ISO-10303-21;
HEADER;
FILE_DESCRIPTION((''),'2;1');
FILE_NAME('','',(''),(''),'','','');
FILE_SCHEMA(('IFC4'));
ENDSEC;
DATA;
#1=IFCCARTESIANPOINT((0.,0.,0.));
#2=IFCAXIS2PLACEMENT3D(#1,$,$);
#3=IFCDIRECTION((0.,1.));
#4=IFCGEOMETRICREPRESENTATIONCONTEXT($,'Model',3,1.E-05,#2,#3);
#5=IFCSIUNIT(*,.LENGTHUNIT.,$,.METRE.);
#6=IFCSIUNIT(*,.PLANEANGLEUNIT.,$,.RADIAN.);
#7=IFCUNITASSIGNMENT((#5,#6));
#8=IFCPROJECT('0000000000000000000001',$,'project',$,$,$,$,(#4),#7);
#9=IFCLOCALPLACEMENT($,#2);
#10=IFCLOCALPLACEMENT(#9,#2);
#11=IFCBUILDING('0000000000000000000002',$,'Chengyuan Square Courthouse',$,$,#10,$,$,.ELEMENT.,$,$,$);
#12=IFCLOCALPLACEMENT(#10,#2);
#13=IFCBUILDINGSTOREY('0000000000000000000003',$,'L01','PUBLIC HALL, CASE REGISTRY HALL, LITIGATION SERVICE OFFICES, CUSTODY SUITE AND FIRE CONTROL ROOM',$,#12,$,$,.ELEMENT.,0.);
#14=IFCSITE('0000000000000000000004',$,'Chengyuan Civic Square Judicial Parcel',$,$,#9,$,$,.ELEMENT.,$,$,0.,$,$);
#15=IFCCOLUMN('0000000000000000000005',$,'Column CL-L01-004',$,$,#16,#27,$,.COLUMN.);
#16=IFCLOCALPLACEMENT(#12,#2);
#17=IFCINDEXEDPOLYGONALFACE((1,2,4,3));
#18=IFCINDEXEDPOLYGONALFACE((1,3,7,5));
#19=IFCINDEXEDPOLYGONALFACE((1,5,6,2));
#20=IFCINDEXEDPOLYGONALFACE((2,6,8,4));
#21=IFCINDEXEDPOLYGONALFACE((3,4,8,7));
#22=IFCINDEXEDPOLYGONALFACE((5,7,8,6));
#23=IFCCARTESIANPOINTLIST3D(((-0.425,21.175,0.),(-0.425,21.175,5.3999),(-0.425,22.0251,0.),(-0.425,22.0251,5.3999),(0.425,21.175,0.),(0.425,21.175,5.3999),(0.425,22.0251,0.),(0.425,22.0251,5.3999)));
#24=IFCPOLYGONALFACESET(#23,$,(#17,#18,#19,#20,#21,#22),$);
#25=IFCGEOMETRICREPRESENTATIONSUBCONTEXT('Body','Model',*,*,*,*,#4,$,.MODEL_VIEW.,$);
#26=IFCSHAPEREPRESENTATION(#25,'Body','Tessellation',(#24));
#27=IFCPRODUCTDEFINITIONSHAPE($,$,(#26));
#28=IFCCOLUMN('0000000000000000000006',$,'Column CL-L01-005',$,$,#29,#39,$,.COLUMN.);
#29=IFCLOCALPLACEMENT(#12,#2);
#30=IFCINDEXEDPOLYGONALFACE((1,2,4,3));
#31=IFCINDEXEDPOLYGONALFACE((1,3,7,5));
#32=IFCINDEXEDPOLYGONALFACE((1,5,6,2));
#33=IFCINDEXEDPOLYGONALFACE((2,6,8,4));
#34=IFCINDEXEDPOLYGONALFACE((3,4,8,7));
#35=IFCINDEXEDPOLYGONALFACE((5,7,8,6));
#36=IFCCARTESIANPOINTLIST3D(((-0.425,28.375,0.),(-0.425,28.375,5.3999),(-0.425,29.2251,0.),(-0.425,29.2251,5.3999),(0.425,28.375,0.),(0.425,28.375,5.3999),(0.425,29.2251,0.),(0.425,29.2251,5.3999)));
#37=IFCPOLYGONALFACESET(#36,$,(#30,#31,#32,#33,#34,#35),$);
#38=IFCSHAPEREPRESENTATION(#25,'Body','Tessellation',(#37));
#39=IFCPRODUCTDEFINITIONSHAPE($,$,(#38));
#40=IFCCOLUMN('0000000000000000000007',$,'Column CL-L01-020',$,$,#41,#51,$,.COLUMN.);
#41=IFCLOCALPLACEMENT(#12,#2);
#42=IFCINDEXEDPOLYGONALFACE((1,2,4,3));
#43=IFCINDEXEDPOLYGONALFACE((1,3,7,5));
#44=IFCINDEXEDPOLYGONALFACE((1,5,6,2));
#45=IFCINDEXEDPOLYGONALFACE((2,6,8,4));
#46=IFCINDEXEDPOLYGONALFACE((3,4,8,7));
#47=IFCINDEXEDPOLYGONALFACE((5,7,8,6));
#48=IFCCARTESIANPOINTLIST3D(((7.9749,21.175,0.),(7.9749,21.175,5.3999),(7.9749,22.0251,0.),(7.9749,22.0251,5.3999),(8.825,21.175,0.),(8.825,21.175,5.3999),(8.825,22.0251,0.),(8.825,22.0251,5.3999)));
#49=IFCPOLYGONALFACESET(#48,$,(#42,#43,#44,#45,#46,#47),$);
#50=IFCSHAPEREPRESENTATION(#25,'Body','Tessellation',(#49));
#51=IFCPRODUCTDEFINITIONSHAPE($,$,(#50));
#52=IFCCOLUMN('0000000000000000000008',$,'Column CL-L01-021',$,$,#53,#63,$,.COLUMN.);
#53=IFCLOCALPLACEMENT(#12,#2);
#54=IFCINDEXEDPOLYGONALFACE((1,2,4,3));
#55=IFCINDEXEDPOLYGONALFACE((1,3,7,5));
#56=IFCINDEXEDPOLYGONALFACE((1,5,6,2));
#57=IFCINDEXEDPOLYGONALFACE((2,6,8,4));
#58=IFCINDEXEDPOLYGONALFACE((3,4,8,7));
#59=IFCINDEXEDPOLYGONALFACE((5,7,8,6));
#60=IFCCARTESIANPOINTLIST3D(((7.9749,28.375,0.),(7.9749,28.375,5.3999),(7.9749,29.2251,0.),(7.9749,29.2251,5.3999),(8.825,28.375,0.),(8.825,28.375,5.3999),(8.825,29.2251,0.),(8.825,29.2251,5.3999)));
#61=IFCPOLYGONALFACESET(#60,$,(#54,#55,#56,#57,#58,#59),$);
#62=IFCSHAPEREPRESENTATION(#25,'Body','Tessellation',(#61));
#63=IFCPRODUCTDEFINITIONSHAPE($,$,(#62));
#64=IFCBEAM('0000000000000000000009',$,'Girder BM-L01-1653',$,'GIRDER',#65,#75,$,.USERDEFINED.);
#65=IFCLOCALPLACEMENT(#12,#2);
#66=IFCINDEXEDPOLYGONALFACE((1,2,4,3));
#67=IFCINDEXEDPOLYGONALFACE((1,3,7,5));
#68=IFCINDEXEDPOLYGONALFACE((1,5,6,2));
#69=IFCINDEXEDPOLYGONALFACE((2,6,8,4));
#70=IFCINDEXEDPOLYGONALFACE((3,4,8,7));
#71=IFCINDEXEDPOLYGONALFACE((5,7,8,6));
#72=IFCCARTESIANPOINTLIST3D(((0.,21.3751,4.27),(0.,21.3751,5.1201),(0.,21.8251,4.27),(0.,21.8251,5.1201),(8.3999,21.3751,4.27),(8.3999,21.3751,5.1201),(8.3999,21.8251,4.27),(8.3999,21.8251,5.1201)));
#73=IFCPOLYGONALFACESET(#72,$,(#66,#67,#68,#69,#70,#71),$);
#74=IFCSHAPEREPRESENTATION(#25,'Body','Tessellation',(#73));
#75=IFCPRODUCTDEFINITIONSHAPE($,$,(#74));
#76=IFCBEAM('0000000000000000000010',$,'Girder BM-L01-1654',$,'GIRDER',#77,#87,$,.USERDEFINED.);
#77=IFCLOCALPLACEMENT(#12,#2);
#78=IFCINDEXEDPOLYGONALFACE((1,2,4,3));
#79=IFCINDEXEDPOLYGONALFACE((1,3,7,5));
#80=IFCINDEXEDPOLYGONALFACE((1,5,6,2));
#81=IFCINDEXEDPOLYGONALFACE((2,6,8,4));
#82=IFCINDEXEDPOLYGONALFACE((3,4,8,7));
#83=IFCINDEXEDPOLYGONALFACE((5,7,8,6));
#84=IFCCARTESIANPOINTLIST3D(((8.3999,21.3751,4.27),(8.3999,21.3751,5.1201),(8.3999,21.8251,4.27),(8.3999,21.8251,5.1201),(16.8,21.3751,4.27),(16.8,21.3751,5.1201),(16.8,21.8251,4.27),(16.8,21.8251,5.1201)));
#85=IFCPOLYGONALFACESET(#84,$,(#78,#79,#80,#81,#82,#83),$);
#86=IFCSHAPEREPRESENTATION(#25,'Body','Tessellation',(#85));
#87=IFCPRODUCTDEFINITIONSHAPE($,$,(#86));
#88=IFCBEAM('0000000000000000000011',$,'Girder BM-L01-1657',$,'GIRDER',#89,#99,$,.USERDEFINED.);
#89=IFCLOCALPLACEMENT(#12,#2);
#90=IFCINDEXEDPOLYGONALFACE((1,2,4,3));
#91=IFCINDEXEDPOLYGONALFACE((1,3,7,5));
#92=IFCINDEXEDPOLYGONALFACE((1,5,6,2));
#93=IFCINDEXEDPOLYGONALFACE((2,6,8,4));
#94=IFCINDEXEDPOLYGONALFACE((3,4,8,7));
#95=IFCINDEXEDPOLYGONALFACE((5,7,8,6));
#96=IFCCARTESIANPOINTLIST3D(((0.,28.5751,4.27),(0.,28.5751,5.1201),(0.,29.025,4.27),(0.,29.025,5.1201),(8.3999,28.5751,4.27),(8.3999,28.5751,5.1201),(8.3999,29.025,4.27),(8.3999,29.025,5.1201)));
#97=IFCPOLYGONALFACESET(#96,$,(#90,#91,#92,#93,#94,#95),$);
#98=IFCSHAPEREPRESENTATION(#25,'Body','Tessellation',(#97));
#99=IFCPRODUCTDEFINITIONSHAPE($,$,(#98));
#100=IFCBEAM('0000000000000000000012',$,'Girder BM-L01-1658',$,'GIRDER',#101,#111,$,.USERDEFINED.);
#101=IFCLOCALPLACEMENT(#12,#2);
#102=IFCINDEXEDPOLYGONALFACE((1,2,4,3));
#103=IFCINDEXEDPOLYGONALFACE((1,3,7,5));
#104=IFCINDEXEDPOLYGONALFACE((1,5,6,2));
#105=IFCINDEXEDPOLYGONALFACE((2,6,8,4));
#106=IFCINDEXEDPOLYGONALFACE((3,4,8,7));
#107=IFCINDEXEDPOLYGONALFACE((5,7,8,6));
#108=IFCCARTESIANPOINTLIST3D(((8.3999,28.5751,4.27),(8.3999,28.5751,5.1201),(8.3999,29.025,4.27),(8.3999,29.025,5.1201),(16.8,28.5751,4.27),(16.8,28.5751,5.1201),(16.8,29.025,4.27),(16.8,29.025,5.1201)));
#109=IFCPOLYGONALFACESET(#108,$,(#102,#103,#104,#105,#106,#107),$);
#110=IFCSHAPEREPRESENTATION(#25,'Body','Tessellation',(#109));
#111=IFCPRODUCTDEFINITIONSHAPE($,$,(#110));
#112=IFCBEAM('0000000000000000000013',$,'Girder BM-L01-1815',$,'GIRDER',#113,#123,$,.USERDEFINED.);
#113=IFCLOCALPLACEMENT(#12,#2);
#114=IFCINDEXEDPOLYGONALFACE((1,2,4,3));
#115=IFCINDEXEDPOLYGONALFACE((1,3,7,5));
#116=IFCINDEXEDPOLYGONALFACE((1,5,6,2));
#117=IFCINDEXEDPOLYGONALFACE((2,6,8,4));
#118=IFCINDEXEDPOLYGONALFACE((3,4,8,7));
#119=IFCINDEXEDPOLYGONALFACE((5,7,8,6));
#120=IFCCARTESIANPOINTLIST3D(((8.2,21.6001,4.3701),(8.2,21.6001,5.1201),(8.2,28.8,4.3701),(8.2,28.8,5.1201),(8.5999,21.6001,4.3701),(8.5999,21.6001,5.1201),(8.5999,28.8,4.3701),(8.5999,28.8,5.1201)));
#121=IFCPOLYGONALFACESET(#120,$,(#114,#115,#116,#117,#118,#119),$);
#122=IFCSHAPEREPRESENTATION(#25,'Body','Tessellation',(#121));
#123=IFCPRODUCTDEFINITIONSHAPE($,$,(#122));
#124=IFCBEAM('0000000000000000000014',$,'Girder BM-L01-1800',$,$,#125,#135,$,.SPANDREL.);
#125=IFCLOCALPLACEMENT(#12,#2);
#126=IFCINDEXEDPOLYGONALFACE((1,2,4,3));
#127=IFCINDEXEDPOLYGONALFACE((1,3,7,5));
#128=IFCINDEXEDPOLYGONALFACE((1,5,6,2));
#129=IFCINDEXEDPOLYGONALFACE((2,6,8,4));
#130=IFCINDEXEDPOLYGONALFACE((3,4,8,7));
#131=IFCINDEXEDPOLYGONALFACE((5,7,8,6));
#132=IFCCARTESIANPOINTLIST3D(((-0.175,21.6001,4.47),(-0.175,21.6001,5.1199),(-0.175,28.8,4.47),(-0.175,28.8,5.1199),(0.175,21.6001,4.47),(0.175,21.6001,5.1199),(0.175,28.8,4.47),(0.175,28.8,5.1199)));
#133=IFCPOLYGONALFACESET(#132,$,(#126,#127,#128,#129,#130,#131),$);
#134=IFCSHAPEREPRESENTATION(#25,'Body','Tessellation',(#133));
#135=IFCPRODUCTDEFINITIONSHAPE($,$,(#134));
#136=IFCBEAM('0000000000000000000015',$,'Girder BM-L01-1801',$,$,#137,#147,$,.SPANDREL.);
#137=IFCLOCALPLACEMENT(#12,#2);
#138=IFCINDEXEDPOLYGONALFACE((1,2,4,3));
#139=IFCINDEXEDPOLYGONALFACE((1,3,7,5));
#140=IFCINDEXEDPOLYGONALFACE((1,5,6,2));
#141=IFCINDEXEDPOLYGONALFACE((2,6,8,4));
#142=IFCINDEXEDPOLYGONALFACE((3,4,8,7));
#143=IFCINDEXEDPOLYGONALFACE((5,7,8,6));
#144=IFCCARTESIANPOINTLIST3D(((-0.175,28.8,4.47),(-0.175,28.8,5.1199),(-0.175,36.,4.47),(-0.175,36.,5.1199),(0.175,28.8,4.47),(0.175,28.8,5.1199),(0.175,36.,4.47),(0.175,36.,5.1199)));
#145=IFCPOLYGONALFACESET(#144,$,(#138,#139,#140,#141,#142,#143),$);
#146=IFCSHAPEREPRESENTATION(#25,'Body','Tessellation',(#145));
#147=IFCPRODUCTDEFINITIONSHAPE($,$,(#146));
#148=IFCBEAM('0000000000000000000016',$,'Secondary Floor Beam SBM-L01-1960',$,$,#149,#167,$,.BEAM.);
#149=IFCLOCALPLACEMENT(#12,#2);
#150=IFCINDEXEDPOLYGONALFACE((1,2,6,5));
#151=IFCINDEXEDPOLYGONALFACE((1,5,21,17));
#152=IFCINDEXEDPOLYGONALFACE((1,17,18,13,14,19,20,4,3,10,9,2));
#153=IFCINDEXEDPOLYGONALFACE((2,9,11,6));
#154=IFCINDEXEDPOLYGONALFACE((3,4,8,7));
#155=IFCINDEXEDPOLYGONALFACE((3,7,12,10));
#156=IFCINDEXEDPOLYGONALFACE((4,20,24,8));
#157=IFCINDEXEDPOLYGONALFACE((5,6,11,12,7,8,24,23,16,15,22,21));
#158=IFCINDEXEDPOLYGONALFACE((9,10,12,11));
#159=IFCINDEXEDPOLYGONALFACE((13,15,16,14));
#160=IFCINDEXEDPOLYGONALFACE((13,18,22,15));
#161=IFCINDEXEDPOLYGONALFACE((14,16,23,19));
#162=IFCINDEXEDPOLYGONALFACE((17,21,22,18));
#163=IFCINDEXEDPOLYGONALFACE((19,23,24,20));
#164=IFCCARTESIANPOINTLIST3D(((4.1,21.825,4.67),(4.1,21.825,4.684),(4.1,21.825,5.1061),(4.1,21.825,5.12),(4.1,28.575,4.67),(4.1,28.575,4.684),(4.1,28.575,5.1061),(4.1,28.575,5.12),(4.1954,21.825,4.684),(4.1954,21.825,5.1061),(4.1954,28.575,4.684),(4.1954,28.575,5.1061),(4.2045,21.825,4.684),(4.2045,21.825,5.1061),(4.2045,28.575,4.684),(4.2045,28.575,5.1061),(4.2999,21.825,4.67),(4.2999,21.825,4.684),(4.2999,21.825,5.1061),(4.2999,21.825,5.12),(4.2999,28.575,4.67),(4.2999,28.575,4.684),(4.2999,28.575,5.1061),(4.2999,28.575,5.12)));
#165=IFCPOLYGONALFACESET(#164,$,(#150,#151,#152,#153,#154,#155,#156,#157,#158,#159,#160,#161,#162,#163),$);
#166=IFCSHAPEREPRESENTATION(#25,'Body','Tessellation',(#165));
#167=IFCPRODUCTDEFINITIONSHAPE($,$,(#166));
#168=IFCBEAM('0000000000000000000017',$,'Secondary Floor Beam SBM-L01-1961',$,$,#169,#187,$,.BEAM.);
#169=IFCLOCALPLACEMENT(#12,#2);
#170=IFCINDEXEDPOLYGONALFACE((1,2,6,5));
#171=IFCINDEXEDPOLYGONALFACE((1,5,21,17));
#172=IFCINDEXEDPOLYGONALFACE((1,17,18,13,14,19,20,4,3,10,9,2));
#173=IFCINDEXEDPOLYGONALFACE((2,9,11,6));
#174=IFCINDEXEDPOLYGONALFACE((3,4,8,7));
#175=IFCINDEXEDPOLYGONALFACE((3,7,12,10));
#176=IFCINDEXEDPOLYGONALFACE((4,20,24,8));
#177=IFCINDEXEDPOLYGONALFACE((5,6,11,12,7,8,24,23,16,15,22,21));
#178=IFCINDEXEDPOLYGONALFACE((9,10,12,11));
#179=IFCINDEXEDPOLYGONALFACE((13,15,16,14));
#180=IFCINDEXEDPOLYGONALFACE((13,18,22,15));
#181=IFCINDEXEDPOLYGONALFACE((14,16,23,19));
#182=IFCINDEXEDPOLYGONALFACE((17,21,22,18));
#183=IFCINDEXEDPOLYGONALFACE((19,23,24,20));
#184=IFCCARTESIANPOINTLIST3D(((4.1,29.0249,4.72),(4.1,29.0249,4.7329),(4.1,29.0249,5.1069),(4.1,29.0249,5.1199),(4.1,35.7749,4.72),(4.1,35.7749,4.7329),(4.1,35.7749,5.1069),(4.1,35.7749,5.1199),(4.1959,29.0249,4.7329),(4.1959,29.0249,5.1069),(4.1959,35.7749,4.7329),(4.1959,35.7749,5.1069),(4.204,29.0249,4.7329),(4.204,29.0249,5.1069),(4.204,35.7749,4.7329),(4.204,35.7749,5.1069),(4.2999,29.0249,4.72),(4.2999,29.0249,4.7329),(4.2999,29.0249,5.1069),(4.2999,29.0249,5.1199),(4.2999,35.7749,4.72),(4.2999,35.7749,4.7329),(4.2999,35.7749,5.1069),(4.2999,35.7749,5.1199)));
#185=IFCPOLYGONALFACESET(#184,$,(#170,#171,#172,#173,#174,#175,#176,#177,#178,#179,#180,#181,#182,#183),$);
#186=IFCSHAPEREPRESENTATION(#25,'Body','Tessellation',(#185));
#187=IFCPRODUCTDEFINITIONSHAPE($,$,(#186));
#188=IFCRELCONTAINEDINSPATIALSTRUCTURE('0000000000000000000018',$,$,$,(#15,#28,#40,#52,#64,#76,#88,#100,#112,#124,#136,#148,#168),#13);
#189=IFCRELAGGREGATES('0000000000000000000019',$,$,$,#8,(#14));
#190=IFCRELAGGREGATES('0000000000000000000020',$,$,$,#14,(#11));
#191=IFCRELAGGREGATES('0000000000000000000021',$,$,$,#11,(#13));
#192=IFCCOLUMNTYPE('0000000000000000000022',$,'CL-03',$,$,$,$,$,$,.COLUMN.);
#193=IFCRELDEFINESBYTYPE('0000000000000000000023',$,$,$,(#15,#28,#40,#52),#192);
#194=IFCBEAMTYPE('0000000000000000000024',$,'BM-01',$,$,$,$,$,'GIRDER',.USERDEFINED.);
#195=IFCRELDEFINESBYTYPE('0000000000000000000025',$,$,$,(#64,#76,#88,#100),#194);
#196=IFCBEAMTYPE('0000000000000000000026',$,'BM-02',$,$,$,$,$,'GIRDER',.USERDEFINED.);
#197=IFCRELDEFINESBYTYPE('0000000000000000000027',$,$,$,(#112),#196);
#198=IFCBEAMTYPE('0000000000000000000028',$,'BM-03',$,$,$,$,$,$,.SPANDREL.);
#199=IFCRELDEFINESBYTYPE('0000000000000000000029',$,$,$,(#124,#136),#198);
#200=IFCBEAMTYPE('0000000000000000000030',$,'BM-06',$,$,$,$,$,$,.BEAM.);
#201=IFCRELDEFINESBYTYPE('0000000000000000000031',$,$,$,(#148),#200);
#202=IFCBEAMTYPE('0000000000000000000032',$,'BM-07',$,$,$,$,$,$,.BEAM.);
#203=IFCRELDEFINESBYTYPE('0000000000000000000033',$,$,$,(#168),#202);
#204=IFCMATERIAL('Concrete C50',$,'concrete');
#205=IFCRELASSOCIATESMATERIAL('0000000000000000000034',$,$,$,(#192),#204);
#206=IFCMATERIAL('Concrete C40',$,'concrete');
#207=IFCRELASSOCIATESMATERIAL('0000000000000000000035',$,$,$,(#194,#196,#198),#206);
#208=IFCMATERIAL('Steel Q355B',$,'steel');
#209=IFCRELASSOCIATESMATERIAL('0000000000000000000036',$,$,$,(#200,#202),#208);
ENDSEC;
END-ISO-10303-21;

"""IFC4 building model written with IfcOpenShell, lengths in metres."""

from ifc_helpers import new_model, si_unit, direction, frame, origin, origin_2d, place, context, subcontext, project, spatial, rectangle, i_section, extrude, material, material_profile, profile_set, type_object, element, save


model = new_model("IFC4")

# Units and contexts
model_context = context("Model", 3, precision=1e-05, world=origin(), true_north=direction((0.0, 1.0)))
body_context = subcontext(model_context, "Body", "Model", "MODEL_VIEW")
ifc_project = project(units=[si_unit("LENGTHUNIT", "METRE"), si_unit("PLANEANGLEUNIT", "RADIAN")], contexts=[model_context])

# Site, building, storey
site_placement = place(None, origin())
site = spatial("IfcSite", under=ifc_project, at=site_placement, Name="Chengyuan Civic Square Judicial Parcel", CompositionType="ELEMENT", RefElevation=0.0)
building_placement = place(site_placement, origin())
building = spatial("IfcBuilding", under=site, at=building_placement, Name="Chengyuan Square Courthouse", CompositionType="ELEMENT")
storey_placement = place(building_placement, origin())
storey = spatial("IfcBuildingStorey", under=building, at=storey_placement, Name="L01", Description="PUBLIC HALL, CASE REGISTRY HALL, LITIGATION SERVICE OFFICES, CUSTODY SUITE AND FIRE CONTROL ROOM", CompositionType="ELEMENT", Elevation=0.0)

# Columns
ifc_material_1 = material(Name="Concrete C50", Category="concrete")
ifc_material_profile_1 = material_profile(ifc_material_1, rectangle(XDim=0.8501, YDim=0.8501, at=origin_2d()), Name="RC-COL-850x850")
ifc_profile_set_1 = profile_set([ifc_material_profile_1], Name="Concrete C50")
column_type = type_object("IfcColumnType", Name="CL-03", PredefinedType="COLUMN", material=ifc_profile_set_1)
for number, where, z_axis, x_axis, name in (
    (1, (0.0, 21.6001, 0.0), (0.0, 0.0, 1.0), (1.0, 0.0, 0.0), "Column CL-L01-004"),
    (2, (0.0, 28.8, 0.0), (0.0, 0.0, 1.0), (1.0, 0.0, 0.0), "Column CL-L01-005"),
    (3, (8.3999, 21.6001, 0.0), (0.0, 0.0, 1.0), (1.0, 0.0, 0.0), "Column CL-L01-020"),
    (4, (8.3999, 28.8, 0.0), (0.0, 0.0, 1.0), (1.0, 0.0, 0.0), "Column CL-L01-021"),
):
    element("IfcColumn", number, at=place(storey_placement, frame(where, z_axis=z_axis, x_axis=x_axis)), inside=storey, type_object=column_type, Name=name, PredefinedType="COLUMN", context=body_context, shape_type="SweptSolid", body=[
        extrude(rectangle(XDim=0.8501, YDim=0.8501, at=origin_2d()), origin(), (0.0, 0.0, 1.0), 5.3999),
    ])

# Beams
ifc_material_2 = material(Name="Concrete C40", Category="concrete")
ifc_material_profile_2 = material_profile(ifc_material_2, rectangle(XDim=0.45, YDim=0.8501, at=origin_2d()), Name="RC-BM-450x850")
ifc_profile_set_2 = profile_set([ifc_material_profile_2], Name="Concrete C40")
beam_type_1 = type_object("IfcBeamType", Name="BM-01", ElementType="GIRDER", PredefinedType="USERDEFINED", material=ifc_profile_set_2)
beam_1_placement = place(storey_placement, frame((0.0, 21.6001, 4.6951), z_axis=(1.0, 0.0, 0.0), x_axis=(0.0, 1.0, 0.0)))
element("IfcBeam", 5, at=beam_1_placement, inside=storey, type_object=beam_type_1, Name="Girder BM-L01-1653", ObjectType="GIRDER", PredefinedType="USERDEFINED", context=body_context, shape_type="SweptSolid", body=[
    extrude(rectangle(XDim=0.45, YDim=0.8501, at=origin_2d()), origin(), (0.0, 0.0, 1.0), 8.3999),
])
beam_2_placement = place(storey_placement, frame((8.3999, 21.6001, 4.6951), z_axis=(1.0, 0.0, 0.0), x_axis=(0.0, 1.0, 0.0)))
element("IfcBeam", 6, at=beam_2_placement, inside=storey, type_object=beam_type_1, Name="Girder BM-L01-1654", ObjectType="GIRDER", PredefinedType="USERDEFINED", context=body_context, shape_type="SweptSolid", body=[
    extrude(rectangle(XDim=0.45, YDim=0.8501, at=origin_2d()), origin(), (0.0, 0.0, 1.0), 8.4001),
])
beam_3_placement = place(storey_placement, frame((0.0, 28.8, 4.6951), z_axis=(1.0, 0.0, 0.0), x_axis=(0.0, 1.0, 0.0)))
element("IfcBeam", 7, at=beam_3_placement, inside=storey, type_object=beam_type_1, Name="Girder BM-L01-1657", ObjectType="GIRDER", PredefinedType="USERDEFINED", context=body_context, shape_type="SweptSolid", body=[
    extrude(rectangle(XDim=0.45, YDim=0.8501, at=origin_2d()), origin(), (0.0, 0.0, 1.0), 8.3999),
])
beam_4_placement = place(storey_placement, frame((8.3999, 28.8, 4.6951), z_axis=(1.0, 0.0, 0.0), x_axis=(0.0, 1.0, 0.0)))
element("IfcBeam", 8, at=beam_4_placement, inside=storey, type_object=beam_type_1, Name="Girder BM-L01-1658", ObjectType="GIRDER", PredefinedType="USERDEFINED", context=body_context, shape_type="SweptSolid", body=[
    extrude(rectangle(XDim=0.45, YDim=0.8501, at=origin_2d()), origin(), (0.0, 0.0, 1.0), 8.4001),
])
ifc_material_profile_3 = material_profile(ifc_material_2, rectangle(XDim=0.3999, YDim=0.75, at=origin_2d()), Name="RC-BM-400x750")
ifc_profile_set_3 = profile_set([ifc_material_profile_3], Name="Concrete C40")
beam_type_2 = type_object("IfcBeamType", Name="BM-02", ElementType="GIRDER", PredefinedType="USERDEFINED", material=ifc_profile_set_3)
beam_5_placement = place(storey_placement, frame((8.3999, 21.6001, 4.7451), z_axis=(0.0, 1.0, 0.0), x_axis=(-1.0, 0.0, 0.0)))
element("IfcBeam", 9, at=beam_5_placement, inside=storey, type_object=beam_type_2, Name="Girder BM-L01-1815", ObjectType="GIRDER", PredefinedType="USERDEFINED", context=body_context, shape_type="SweptSolid", body=[
    extrude(rectangle(XDim=0.3999, YDim=0.75, at=origin_2d()), origin(), (0.0, 0.0, 1.0), 7.2),
])
ifc_material_profile_4 = material_profile(ifc_material_2, rectangle(XDim=0.3501, YDim=0.6499, at=origin_2d()), Name="RC-BM-350x650")
ifc_profile_set_4 = profile_set([ifc_material_profile_4], Name="Concrete C40")
beam_type_3 = type_object("IfcBeamType", Name="BM-03", PredefinedType="SPANDREL", material=ifc_profile_set_4)
for number, where, z_axis, x_axis, name in (
    (10, (0.0, 21.6001, 4.7949), (0.0, 1.0, 0.0), (-1.0, 0.0, 0.0), "Girder BM-L01-1800"),
    (11, (0.0, 28.8, 4.7949), (0.0, 1.0, 0.0), (-1.0, 0.0, 0.0), "Girder BM-L01-1801"),
):
    element("IfcBeam", number, at=place(storey_placement, frame(where, z_axis=z_axis, x_axis=x_axis)), inside=storey, type_object=beam_type_3, Name=name, PredefinedType="SPANDREL", context=body_context, shape_type="SweptSolid", body=[
        extrude(rectangle(XDim=0.3501, YDim=0.6499, at=origin_2d()), origin(), (0.0, 0.0, 1.0), 7.2),
    ])
ifc_material_3 = material(Name="Steel Q355B", Category="steel")
ifc_material_profile_5 = material_profile(ifc_material_3, i_section(OverallWidth=0.2, OverallDepth=0.45, WebThickness=0.009, FlangeThickness=0.0139, at=origin_2d()), Name="HN 450x200x9x14")
ifc_profile_set_5 = profile_set([ifc_material_profile_5], Name="Steel Q355B")
beam_type_4 = type_object("IfcBeamType", Name="BM-06", PredefinedType="BEAM", material=ifc_profile_set_5)
beam_6_placement = place(storey_placement, frame((4.2, 21.825, 4.895), z_axis=(0.0, 1.0, 0.0), x_axis=(-1.0, 0.0, 0.0)))
element("IfcBeam", 12, at=beam_6_placement, inside=storey, type_object=beam_type_4, Name="Secondary Floor Beam SBM-L01-1960", PredefinedType="BEAM", context=body_context, shape_type="SweptSolid", body=[
    extrude(i_section(OverallWidth=0.2, OverallDepth=0.45, WebThickness=0.009, FlangeThickness=0.0139, at=origin_2d()), origin(), (0.0, 0.0, 1.0), 6.75),
])
ifc_material_profile_6 = material_profile(ifc_material_3, i_section(OverallWidth=0.2, OverallDepth=0.3999, WebThickness=0.0081, FlangeThickness=0.0129, at=origin_2d()), Name="HN 400x200x8x13")
ifc_profile_set_6 = profile_set([ifc_material_profile_6], Name="Steel Q355B")
beam_type_5 = type_object("IfcBeamType", Name="BM-07", PredefinedType="BEAM", material=ifc_profile_set_6)
beam_7_placement = place(storey_placement, frame((4.2, 29.0249, 4.9199), z_axis=(0.0, 1.0, 0.0), x_axis=(-1.0, 0.0, 0.0)))
element("IfcBeam", 13, at=beam_7_placement, inside=storey, type_object=beam_type_5, Name="Secondary Floor Beam SBM-L01-1961", PredefinedType="BEAM", context=body_context, shape_type="SweptSolid", body=[
    extrude(i_section(OverallWidth=0.2, OverallDepth=0.3999, WebThickness=0.0081, FlangeThickness=0.0129, at=origin_2d()), origin(), (0.0, 0.0, 1.0), 6.75),
])

save(model, "model.ifc")
